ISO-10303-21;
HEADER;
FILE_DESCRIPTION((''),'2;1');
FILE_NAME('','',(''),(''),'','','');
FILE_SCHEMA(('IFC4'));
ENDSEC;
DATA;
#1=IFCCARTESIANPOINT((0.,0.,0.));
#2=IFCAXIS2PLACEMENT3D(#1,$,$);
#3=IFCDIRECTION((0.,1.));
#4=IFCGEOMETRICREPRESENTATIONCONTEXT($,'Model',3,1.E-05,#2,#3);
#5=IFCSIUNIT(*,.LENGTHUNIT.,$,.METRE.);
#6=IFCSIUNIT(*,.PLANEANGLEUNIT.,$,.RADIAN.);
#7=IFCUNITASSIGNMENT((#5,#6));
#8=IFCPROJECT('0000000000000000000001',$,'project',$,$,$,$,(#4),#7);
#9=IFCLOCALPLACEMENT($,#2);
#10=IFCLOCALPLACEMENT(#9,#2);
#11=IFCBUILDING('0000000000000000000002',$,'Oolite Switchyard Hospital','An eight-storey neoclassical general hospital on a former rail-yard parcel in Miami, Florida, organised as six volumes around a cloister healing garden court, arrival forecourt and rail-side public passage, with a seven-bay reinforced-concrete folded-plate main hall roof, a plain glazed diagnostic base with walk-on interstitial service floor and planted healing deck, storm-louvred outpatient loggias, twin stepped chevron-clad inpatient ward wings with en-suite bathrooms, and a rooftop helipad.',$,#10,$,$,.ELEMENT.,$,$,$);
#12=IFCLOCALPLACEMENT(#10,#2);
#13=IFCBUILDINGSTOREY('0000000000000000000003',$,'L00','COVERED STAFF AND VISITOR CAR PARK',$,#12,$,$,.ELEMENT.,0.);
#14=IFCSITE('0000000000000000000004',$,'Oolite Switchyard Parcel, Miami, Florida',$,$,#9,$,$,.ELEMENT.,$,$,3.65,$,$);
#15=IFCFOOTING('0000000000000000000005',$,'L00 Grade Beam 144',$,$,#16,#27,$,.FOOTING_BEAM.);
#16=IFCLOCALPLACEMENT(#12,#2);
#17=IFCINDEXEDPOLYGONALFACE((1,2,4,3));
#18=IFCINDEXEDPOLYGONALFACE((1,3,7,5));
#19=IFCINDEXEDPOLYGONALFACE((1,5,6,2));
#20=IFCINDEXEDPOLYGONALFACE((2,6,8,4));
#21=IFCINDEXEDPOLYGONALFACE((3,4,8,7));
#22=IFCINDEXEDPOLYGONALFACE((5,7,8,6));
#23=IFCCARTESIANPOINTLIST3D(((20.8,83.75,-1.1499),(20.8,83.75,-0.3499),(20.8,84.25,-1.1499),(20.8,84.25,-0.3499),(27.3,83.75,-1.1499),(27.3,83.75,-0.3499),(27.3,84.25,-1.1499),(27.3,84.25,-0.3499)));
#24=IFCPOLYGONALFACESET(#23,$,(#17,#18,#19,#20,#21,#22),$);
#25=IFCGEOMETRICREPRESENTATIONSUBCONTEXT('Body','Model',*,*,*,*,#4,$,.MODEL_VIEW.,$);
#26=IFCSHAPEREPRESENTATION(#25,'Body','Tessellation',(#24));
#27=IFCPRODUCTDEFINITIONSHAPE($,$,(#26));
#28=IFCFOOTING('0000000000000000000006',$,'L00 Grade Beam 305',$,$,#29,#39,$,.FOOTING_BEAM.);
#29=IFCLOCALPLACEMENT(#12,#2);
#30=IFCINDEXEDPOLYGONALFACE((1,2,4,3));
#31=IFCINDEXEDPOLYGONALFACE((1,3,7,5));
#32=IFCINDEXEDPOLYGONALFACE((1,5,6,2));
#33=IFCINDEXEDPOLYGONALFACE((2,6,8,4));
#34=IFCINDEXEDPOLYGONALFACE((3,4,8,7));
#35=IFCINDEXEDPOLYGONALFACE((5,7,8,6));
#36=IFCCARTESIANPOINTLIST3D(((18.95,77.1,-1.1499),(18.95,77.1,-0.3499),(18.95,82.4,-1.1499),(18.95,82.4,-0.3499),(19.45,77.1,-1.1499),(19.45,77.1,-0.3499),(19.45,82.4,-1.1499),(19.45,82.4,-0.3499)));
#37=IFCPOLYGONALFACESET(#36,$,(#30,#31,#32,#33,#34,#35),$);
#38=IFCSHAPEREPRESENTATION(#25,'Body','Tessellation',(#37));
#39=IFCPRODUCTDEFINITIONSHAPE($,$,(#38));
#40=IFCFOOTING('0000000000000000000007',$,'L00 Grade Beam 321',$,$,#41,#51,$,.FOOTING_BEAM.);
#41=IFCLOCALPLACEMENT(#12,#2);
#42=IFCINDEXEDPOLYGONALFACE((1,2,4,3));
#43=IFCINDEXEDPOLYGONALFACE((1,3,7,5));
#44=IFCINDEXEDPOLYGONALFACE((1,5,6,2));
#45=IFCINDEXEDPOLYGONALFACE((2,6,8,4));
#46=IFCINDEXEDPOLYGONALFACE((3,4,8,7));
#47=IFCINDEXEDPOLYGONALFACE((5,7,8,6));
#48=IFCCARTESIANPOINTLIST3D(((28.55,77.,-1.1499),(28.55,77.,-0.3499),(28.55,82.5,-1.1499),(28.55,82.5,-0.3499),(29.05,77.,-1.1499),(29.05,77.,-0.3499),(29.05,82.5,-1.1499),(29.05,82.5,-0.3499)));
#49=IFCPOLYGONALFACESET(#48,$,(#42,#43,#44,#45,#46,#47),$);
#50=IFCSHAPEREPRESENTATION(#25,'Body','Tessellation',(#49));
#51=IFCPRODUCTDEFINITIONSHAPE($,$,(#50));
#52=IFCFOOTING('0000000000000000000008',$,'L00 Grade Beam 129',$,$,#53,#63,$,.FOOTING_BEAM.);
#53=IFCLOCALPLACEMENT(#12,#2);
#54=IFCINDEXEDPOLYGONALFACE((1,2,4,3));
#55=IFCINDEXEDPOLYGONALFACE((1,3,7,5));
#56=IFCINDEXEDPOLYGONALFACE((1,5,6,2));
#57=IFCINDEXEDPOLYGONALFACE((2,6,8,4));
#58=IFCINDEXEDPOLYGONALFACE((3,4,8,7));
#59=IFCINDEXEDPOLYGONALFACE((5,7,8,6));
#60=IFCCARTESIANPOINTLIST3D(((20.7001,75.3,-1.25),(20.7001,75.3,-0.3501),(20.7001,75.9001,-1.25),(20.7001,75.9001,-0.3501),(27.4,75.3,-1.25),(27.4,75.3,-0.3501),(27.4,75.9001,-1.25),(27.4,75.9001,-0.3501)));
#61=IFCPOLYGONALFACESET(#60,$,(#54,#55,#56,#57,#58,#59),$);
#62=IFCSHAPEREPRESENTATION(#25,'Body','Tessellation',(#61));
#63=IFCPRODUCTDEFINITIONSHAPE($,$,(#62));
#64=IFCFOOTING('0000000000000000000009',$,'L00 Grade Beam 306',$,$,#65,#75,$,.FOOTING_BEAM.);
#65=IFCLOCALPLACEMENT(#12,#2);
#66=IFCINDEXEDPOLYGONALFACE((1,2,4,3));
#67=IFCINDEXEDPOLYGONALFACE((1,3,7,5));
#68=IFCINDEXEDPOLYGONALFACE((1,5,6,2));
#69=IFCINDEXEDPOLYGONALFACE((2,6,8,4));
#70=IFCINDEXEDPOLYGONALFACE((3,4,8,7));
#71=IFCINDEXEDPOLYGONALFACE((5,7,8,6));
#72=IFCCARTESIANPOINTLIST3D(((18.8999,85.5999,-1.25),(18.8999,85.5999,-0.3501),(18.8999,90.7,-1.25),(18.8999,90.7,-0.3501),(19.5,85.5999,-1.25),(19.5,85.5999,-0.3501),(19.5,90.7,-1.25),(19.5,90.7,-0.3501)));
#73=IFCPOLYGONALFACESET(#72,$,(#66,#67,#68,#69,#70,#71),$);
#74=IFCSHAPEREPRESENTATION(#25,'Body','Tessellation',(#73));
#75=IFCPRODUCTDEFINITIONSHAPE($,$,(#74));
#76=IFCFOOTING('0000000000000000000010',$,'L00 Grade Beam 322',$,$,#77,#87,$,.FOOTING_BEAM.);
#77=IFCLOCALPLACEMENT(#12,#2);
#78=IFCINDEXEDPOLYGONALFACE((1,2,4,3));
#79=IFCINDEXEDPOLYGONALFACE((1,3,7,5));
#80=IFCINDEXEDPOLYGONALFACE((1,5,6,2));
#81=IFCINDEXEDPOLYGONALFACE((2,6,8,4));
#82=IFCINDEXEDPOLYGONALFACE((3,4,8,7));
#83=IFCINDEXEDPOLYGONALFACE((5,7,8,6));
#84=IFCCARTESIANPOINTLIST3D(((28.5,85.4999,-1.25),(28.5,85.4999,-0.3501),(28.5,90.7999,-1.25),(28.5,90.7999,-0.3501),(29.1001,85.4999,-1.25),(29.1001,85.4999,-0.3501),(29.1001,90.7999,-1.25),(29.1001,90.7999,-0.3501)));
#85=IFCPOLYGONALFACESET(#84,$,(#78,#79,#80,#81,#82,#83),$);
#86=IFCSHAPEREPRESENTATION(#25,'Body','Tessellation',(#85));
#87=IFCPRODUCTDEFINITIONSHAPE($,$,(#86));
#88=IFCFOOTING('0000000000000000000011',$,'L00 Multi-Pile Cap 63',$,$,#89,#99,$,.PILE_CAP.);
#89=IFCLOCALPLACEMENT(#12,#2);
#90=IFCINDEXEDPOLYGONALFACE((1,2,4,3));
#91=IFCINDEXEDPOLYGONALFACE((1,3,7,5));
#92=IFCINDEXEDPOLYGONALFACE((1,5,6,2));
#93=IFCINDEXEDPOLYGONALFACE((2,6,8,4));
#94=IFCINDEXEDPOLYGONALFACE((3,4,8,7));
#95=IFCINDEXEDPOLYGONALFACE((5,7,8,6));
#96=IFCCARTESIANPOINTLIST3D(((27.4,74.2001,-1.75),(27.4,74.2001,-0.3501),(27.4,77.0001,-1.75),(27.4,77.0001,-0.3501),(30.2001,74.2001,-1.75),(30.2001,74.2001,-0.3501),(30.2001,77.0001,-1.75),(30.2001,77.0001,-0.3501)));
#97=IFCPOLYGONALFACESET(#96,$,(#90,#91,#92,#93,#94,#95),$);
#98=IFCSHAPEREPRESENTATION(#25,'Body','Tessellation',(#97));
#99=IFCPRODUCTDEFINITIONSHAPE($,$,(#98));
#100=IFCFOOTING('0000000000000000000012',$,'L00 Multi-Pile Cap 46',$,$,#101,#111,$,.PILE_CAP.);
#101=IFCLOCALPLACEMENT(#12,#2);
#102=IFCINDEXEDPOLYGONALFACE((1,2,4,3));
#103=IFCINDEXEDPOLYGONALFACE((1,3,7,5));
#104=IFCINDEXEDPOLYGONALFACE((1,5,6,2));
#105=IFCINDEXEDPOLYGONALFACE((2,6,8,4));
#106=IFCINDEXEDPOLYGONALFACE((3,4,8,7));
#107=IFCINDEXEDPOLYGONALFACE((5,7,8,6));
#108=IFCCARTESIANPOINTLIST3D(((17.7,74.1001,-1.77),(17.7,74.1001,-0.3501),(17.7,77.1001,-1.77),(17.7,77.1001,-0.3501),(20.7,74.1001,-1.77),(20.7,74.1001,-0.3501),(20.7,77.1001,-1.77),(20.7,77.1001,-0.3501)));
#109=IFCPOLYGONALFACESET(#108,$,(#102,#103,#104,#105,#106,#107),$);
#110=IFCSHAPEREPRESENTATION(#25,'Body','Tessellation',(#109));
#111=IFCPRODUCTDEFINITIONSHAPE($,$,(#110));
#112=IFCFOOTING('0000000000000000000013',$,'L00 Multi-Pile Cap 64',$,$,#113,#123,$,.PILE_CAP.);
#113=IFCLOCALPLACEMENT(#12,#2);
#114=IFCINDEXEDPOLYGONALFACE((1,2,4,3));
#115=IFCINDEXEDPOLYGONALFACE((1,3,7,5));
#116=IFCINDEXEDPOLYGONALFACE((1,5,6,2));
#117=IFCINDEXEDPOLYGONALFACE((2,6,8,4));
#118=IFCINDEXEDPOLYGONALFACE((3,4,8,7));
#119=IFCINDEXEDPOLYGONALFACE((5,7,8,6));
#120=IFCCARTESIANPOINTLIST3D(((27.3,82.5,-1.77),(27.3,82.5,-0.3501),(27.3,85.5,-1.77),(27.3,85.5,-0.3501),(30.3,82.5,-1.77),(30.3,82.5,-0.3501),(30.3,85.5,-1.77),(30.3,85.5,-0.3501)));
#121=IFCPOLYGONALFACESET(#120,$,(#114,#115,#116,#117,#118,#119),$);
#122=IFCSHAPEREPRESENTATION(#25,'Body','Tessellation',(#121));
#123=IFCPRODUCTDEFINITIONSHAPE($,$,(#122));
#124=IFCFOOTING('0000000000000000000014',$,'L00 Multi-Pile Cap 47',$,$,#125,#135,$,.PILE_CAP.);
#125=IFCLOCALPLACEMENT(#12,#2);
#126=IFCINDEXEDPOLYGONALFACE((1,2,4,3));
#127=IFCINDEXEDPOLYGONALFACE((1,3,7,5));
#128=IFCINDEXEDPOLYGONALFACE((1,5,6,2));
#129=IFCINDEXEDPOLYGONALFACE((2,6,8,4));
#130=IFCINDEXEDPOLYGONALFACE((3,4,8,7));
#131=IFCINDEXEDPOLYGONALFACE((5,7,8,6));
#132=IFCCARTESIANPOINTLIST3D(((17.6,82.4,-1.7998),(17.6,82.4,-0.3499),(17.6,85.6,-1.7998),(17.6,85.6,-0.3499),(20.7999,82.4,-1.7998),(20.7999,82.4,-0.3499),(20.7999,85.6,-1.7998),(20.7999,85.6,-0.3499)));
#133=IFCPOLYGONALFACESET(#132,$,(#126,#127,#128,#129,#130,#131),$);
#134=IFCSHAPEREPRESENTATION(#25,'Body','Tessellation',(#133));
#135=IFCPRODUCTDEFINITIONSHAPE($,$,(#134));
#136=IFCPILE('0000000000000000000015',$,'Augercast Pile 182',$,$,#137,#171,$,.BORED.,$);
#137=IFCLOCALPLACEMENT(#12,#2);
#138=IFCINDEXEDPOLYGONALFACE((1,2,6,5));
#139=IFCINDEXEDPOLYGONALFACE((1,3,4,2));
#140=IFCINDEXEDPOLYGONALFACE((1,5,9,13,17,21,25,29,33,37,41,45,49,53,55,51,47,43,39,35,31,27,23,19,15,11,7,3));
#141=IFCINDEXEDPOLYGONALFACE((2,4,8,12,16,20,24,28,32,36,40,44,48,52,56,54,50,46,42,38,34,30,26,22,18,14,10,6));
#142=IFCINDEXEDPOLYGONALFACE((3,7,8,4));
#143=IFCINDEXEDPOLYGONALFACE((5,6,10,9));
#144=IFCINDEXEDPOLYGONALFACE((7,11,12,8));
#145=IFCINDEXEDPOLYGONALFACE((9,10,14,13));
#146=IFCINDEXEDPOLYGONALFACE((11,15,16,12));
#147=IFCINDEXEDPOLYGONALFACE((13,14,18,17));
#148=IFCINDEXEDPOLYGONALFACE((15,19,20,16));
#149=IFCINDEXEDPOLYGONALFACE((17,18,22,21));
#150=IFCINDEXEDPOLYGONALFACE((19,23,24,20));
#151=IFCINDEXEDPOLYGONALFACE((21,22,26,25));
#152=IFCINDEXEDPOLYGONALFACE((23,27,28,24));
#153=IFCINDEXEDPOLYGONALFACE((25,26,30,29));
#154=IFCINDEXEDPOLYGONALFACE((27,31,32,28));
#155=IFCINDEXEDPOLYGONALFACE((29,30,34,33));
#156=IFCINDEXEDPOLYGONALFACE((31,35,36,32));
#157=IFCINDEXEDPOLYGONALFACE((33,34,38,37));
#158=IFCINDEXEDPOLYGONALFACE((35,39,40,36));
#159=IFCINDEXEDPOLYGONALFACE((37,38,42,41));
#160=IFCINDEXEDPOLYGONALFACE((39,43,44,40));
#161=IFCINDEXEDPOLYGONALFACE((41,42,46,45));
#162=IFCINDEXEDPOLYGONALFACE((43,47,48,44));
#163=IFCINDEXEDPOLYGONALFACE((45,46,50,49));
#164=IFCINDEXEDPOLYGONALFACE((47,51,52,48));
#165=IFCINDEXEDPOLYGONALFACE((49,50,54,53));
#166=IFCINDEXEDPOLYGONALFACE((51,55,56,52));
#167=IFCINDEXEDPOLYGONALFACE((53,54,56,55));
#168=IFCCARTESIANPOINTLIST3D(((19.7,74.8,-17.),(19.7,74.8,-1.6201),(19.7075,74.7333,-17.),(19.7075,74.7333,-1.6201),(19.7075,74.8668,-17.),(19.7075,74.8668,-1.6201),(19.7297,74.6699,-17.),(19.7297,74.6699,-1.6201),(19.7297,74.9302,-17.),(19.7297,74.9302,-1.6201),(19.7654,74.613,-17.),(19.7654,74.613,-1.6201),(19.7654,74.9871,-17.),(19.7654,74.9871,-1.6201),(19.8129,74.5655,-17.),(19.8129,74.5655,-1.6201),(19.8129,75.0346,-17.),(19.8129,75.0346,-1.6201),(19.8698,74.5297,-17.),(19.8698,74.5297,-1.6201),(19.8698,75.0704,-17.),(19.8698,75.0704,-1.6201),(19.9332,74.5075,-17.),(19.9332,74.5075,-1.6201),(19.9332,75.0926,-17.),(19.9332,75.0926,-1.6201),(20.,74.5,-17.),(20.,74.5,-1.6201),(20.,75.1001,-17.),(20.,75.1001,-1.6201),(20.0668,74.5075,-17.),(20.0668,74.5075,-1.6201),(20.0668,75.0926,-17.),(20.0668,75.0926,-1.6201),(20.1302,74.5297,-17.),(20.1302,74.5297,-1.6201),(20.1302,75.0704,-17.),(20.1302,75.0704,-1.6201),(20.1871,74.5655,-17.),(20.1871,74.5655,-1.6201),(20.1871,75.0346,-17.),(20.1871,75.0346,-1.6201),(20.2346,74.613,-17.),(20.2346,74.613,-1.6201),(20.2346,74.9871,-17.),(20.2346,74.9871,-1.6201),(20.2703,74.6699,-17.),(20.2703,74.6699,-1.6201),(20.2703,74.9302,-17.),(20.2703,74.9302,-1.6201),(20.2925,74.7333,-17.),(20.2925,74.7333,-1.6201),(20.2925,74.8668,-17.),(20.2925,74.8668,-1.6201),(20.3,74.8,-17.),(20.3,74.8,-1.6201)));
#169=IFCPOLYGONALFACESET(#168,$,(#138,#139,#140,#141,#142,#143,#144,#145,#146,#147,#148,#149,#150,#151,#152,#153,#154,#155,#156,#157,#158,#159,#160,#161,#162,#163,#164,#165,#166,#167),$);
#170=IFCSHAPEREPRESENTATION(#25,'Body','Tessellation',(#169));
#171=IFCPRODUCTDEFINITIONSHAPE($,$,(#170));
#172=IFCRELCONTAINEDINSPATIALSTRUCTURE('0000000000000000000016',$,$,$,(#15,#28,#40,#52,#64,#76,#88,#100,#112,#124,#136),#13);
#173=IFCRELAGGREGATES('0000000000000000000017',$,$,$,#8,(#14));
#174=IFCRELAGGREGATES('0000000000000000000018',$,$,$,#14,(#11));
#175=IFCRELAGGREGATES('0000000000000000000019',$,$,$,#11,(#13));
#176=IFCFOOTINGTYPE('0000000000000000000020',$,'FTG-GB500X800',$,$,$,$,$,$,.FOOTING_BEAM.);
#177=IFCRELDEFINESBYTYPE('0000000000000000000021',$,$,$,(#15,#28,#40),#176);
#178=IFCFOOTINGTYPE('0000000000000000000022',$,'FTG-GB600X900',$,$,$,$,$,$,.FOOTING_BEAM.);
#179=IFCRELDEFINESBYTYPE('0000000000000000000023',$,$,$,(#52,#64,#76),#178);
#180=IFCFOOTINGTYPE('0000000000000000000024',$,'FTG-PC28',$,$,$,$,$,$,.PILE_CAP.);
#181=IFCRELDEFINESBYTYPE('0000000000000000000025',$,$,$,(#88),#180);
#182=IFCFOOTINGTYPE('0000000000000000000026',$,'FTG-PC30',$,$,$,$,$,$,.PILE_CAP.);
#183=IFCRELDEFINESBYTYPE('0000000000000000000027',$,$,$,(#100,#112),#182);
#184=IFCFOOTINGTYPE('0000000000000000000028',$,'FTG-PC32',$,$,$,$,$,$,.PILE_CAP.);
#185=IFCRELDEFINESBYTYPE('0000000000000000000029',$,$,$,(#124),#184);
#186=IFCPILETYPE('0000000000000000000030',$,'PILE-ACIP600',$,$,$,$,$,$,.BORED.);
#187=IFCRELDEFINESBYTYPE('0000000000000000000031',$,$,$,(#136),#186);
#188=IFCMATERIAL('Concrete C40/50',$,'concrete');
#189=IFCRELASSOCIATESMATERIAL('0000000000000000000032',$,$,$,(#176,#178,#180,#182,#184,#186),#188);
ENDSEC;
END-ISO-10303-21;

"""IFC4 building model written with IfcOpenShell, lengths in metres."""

from ifc_helpers import new_model, si_unit, direction, frame, origin, origin_2d, place, context, subcontext, project, spatial, rectangle, circle, extrude, material, material_profile, profile_set, type_object, element, save


model = new_model("IFC4")

# Units and contexts
model_context = context("Model", 3, precision=1e-05, world=origin(), true_north=direction((0.0, 1.0)))
body_context = subcontext(model_context, "Body", "Model", "MODEL_VIEW")
ifc_project = project(units=[si_unit("LENGTHUNIT", "METRE"), si_unit("PLANEANGLEUNIT", "RADIAN")], contexts=[model_context])

# Site, building, storey
site_placement = place(None, origin())
site = spatial("IfcSite", under=ifc_project, at=site_placement, Name="Oolite Switchyard Parcel, Miami, Florida", CompositionType="ELEMENT", RefElevation=3.65)
building_placement = place(site_placement, origin())
building = spatial("IfcBuilding", under=site, at=building_placement, Name="Oolite Switchyard Hospital", Description="An eight-storey neoclassical general hospital on a former rail-yard parcel in Miami, Florida, organised as six volumes around a cloister healing garden court, arrival forecourt and rail-side public passage, with a seven-bay reinforced-concrete folded-plate main hall roof, a plain glazed diagnostic base with walk-on interstitial service floor and planted healing deck, storm-louvred outpatient loggias, twin stepped chevron-clad inpatient ward wings with en-suite bathrooms, and a rooftop helipad.", CompositionType="ELEMENT")
storey_placement = place(building_placement, origin())
storey = spatial("IfcBuildingStorey", under=building, at=storey_placement, Name="L00", Description="COVERED STAFF AND VISITOR CAR PARK", CompositionType="ELEMENT", Elevation=0.0)

# Footings
ifc_material_1 = material(Name="Concrete C40/50", Category="concrete")
footing_type_1 = type_object("IfcFootingType", Name="FTG-GB500X800", PredefinedType="FOOTING_BEAM", material=ifc_material_1)
footing_1_placement = place(storey_placement, frame((24.05, 84.0, -1.1499), z_axis=(0.0, 0.0, 1.0), x_axis=(1.0, 0.0, 0.0)))
element("IfcFooting", 1, at=footing_1_placement, inside=storey, type_object=footing_type_1, Name="L00 Grade Beam 144", PredefinedType="FOOTING_BEAM", context=body_context, shape_type="SweptSolid", body=[
    extrude(rectangle(XDim=6.5, YDim=0.5, at=origin_2d()), origin(), (0.0, 0.0, 1.0), 0.8),
])
footing_2_placement = place(storey_placement, frame((19.2, 79.75, -1.1499), z_axis=(0.0, 0.0, 1.0), x_axis=(0.0, 1.0, 0.0)))
element("IfcFooting", 2, at=footing_2_placement, inside=storey, type_object=footing_type_1, Name="L00 Grade Beam 305", PredefinedType="FOOTING_BEAM", context=body_context, shape_type="SweptSolid", body=[
    extrude(rectangle(XDim=5.3, YDim=0.5, at=origin_2d()), origin(), (0.0, 0.0, 1.0), 0.8),
])
footing_3_placement = place(storey_placement, frame((28.8, 79.75, -1.1499), z_axis=(0.0, 0.0, 1.0), x_axis=(0.0, 1.0, 0.0)))
element("IfcFooting", 3, at=footing_3_placement, inside=storey, type_object=footing_type_1, Name="L00 Grade Beam 321", PredefinedType="FOOTING_BEAM", context=body_context, shape_type="SweptSolid", body=[
    extrude(rectangle(XDim=5.5, YDim=0.5, at=origin_2d()), origin(), (0.0, 0.0, 1.0), 0.8),
])
footing_type_2 = type_object("IfcFootingType", Name="FTG-GB600X900", PredefinedType="FOOTING_BEAM", material=ifc_material_1)
footing_4_placement = place(storey_placement, frame((24.05, 75.6001, -1.25), z_axis=(0.0, 0.0, 1.0), x_axis=(1.0, 0.0, 0.0)))
element("IfcFooting", 4, at=footing_4_placement, inside=storey, type_object=footing_type_2, Name="L00 Grade Beam 129", PredefinedType="FOOTING_BEAM", context=body_context, shape_type="SweptSolid", body=[
    extrude(rectangle(XDim=6.7, YDim=0.6001, at=origin_2d()), origin(), (0.0, 0.0, 1.0), 0.8999),
])
footing_5_placement = place(storey_placement, frame((19.2, 88.1499, -1.25), z_axis=(0.0, 0.0, 1.0), x_axis=(0.0, 1.0, 0.0)))
element("IfcFooting", 5, at=footing_5_placement, inside=storey, type_object=footing_type_2, Name="L00 Grade Beam 306", PredefinedType="FOOTING_BEAM", context=body_context, shape_type="SweptSolid", body=[
    extrude(rectangle(XDim=5.1001, YDim=0.6001, at=origin_2d()), origin(), (0.0, 0.0, 1.0), 0.8999),
])
footing_6_placement = place(storey_placement, frame((28.8, 88.1499, -1.25), z_axis=(0.0, 0.0, 1.0), x_axis=(0.0, 1.0, 0.0)))
element("IfcFooting", 6, at=footing_6_placement, inside=storey, type_object=footing_type_2, Name="L00 Grade Beam 322", PredefinedType="FOOTING_BEAM", context=body_context, shape_type="SweptSolid", body=[
    extrude(rectangle(XDim=5.3, YDim=0.6001, at=origin_2d()), origin(), (0.0, 0.0, 1.0), 0.8999),
])
footing_type_3 = type_object("IfcFootingType", Name="FTG-PC28", PredefinedType="PILE_CAP", material=ifc_material_1)
footing_7_placement = place(storey_placement, frame((28.8, 75.6001, -1.75), z_axis=(0.0, 0.0, 1.0), x_axis=(1.0, 0.0, 0.0)))
element("IfcFooting", 7, at=footing_7_placement, inside=storey, type_object=footing_type_3, Name="L00 Multi-Pile Cap 63", PredefinedType="PILE_CAP", context=body_context, shape_type="SweptSolid", body=[
    extrude(rectangle(XDim=2.8, YDim=2.8, at=origin_2d()), origin(), (0.0, 0.0, 1.0), 1.3999),
])
footing_type_4 = type_object("IfcFootingType", Name="FTG-PC30", PredefinedType="PILE_CAP", material=ifc_material_1)
for number, where, z_axis, x_axis, name in (
    (8, (19.2, 75.6001, -1.77), (0.0, 0.0, 1.0), (1.0, 0.0, 0.0), "L00 Multi-Pile Cap 46"),
    (9, (28.8, 84.0, -1.77), (0.0, 0.0, 1.0), (1.0, 0.0, 0.0), "L00 Multi-Pile Cap 64"),
):
    element("IfcFooting", number, at=place(storey_placement, frame(where, z_axis=z_axis, x_axis=x_axis)), inside=storey, type_object=footing_type_4, Name=name, PredefinedType="PILE_CAP", context=body_context, shape_type="SweptSolid", body=[
        extrude(rectangle(XDim=3.0, YDim=3.0, at=origin_2d()), origin(), (0.0, 0.0, 1.0), 1.4199),
    ])
footing_type_5 = type_object("IfcFootingType", Name="FTG-PC32", PredefinedType="PILE_CAP", material=ifc_material_1)
footing_8_placement = place(storey_placement, frame((19.2, 84.0, -1.7998), z_axis=(0.0, 0.0, 1.0), x_axis=(1.0, 0.0, 0.0)))
element("IfcFooting", 10, at=footing_8_placement, inside=storey, type_object=footing_type_5, Name="L00 Multi-Pile Cap 47", PredefinedType="PILE_CAP", context=body_context, shape_type="SweptSolid", body=[
    extrude(rectangle(XDim=3.2, YDim=3.2, at=origin_2d()), origin(), (0.0, 0.0, 1.0), 1.45),
])

# Pile
ifc_material_profile_1 = material_profile(ifc_material_1, circle(Radius=0.3, at=origin_2d()), Name="PILE600")
ifc_profile_set_1 = profile_set([ifc_material_profile_1], Name="Concrete C40/50")
pile_type = type_object("IfcPileType", Name="PILE-ACIP600", PredefinedType="BORED", material=ifc_profile_set_1)
for number, where, z_axis, x_axis, name in (
    (11, (20.0, 74.8, -1.6201), (0.0, 0.0, -1.0), (1.0, 0.0, 0.0), "Augercast Pile 182"),
):
    element("IfcPile", number, at=place(storey_placement, frame(where, z_axis=z_axis, x_axis=x_axis)), inside=storey, type_object=pile_type, Name=name, PredefinedType="BORED", context=body_context, shape_type="SweptSolid", body=[
        extrude(circle(Radius=0.3, at=origin_2d()), origin(), (0.0, 0.0, 1.0), 15.3799),
    ])

save(model, "model.ifc")
